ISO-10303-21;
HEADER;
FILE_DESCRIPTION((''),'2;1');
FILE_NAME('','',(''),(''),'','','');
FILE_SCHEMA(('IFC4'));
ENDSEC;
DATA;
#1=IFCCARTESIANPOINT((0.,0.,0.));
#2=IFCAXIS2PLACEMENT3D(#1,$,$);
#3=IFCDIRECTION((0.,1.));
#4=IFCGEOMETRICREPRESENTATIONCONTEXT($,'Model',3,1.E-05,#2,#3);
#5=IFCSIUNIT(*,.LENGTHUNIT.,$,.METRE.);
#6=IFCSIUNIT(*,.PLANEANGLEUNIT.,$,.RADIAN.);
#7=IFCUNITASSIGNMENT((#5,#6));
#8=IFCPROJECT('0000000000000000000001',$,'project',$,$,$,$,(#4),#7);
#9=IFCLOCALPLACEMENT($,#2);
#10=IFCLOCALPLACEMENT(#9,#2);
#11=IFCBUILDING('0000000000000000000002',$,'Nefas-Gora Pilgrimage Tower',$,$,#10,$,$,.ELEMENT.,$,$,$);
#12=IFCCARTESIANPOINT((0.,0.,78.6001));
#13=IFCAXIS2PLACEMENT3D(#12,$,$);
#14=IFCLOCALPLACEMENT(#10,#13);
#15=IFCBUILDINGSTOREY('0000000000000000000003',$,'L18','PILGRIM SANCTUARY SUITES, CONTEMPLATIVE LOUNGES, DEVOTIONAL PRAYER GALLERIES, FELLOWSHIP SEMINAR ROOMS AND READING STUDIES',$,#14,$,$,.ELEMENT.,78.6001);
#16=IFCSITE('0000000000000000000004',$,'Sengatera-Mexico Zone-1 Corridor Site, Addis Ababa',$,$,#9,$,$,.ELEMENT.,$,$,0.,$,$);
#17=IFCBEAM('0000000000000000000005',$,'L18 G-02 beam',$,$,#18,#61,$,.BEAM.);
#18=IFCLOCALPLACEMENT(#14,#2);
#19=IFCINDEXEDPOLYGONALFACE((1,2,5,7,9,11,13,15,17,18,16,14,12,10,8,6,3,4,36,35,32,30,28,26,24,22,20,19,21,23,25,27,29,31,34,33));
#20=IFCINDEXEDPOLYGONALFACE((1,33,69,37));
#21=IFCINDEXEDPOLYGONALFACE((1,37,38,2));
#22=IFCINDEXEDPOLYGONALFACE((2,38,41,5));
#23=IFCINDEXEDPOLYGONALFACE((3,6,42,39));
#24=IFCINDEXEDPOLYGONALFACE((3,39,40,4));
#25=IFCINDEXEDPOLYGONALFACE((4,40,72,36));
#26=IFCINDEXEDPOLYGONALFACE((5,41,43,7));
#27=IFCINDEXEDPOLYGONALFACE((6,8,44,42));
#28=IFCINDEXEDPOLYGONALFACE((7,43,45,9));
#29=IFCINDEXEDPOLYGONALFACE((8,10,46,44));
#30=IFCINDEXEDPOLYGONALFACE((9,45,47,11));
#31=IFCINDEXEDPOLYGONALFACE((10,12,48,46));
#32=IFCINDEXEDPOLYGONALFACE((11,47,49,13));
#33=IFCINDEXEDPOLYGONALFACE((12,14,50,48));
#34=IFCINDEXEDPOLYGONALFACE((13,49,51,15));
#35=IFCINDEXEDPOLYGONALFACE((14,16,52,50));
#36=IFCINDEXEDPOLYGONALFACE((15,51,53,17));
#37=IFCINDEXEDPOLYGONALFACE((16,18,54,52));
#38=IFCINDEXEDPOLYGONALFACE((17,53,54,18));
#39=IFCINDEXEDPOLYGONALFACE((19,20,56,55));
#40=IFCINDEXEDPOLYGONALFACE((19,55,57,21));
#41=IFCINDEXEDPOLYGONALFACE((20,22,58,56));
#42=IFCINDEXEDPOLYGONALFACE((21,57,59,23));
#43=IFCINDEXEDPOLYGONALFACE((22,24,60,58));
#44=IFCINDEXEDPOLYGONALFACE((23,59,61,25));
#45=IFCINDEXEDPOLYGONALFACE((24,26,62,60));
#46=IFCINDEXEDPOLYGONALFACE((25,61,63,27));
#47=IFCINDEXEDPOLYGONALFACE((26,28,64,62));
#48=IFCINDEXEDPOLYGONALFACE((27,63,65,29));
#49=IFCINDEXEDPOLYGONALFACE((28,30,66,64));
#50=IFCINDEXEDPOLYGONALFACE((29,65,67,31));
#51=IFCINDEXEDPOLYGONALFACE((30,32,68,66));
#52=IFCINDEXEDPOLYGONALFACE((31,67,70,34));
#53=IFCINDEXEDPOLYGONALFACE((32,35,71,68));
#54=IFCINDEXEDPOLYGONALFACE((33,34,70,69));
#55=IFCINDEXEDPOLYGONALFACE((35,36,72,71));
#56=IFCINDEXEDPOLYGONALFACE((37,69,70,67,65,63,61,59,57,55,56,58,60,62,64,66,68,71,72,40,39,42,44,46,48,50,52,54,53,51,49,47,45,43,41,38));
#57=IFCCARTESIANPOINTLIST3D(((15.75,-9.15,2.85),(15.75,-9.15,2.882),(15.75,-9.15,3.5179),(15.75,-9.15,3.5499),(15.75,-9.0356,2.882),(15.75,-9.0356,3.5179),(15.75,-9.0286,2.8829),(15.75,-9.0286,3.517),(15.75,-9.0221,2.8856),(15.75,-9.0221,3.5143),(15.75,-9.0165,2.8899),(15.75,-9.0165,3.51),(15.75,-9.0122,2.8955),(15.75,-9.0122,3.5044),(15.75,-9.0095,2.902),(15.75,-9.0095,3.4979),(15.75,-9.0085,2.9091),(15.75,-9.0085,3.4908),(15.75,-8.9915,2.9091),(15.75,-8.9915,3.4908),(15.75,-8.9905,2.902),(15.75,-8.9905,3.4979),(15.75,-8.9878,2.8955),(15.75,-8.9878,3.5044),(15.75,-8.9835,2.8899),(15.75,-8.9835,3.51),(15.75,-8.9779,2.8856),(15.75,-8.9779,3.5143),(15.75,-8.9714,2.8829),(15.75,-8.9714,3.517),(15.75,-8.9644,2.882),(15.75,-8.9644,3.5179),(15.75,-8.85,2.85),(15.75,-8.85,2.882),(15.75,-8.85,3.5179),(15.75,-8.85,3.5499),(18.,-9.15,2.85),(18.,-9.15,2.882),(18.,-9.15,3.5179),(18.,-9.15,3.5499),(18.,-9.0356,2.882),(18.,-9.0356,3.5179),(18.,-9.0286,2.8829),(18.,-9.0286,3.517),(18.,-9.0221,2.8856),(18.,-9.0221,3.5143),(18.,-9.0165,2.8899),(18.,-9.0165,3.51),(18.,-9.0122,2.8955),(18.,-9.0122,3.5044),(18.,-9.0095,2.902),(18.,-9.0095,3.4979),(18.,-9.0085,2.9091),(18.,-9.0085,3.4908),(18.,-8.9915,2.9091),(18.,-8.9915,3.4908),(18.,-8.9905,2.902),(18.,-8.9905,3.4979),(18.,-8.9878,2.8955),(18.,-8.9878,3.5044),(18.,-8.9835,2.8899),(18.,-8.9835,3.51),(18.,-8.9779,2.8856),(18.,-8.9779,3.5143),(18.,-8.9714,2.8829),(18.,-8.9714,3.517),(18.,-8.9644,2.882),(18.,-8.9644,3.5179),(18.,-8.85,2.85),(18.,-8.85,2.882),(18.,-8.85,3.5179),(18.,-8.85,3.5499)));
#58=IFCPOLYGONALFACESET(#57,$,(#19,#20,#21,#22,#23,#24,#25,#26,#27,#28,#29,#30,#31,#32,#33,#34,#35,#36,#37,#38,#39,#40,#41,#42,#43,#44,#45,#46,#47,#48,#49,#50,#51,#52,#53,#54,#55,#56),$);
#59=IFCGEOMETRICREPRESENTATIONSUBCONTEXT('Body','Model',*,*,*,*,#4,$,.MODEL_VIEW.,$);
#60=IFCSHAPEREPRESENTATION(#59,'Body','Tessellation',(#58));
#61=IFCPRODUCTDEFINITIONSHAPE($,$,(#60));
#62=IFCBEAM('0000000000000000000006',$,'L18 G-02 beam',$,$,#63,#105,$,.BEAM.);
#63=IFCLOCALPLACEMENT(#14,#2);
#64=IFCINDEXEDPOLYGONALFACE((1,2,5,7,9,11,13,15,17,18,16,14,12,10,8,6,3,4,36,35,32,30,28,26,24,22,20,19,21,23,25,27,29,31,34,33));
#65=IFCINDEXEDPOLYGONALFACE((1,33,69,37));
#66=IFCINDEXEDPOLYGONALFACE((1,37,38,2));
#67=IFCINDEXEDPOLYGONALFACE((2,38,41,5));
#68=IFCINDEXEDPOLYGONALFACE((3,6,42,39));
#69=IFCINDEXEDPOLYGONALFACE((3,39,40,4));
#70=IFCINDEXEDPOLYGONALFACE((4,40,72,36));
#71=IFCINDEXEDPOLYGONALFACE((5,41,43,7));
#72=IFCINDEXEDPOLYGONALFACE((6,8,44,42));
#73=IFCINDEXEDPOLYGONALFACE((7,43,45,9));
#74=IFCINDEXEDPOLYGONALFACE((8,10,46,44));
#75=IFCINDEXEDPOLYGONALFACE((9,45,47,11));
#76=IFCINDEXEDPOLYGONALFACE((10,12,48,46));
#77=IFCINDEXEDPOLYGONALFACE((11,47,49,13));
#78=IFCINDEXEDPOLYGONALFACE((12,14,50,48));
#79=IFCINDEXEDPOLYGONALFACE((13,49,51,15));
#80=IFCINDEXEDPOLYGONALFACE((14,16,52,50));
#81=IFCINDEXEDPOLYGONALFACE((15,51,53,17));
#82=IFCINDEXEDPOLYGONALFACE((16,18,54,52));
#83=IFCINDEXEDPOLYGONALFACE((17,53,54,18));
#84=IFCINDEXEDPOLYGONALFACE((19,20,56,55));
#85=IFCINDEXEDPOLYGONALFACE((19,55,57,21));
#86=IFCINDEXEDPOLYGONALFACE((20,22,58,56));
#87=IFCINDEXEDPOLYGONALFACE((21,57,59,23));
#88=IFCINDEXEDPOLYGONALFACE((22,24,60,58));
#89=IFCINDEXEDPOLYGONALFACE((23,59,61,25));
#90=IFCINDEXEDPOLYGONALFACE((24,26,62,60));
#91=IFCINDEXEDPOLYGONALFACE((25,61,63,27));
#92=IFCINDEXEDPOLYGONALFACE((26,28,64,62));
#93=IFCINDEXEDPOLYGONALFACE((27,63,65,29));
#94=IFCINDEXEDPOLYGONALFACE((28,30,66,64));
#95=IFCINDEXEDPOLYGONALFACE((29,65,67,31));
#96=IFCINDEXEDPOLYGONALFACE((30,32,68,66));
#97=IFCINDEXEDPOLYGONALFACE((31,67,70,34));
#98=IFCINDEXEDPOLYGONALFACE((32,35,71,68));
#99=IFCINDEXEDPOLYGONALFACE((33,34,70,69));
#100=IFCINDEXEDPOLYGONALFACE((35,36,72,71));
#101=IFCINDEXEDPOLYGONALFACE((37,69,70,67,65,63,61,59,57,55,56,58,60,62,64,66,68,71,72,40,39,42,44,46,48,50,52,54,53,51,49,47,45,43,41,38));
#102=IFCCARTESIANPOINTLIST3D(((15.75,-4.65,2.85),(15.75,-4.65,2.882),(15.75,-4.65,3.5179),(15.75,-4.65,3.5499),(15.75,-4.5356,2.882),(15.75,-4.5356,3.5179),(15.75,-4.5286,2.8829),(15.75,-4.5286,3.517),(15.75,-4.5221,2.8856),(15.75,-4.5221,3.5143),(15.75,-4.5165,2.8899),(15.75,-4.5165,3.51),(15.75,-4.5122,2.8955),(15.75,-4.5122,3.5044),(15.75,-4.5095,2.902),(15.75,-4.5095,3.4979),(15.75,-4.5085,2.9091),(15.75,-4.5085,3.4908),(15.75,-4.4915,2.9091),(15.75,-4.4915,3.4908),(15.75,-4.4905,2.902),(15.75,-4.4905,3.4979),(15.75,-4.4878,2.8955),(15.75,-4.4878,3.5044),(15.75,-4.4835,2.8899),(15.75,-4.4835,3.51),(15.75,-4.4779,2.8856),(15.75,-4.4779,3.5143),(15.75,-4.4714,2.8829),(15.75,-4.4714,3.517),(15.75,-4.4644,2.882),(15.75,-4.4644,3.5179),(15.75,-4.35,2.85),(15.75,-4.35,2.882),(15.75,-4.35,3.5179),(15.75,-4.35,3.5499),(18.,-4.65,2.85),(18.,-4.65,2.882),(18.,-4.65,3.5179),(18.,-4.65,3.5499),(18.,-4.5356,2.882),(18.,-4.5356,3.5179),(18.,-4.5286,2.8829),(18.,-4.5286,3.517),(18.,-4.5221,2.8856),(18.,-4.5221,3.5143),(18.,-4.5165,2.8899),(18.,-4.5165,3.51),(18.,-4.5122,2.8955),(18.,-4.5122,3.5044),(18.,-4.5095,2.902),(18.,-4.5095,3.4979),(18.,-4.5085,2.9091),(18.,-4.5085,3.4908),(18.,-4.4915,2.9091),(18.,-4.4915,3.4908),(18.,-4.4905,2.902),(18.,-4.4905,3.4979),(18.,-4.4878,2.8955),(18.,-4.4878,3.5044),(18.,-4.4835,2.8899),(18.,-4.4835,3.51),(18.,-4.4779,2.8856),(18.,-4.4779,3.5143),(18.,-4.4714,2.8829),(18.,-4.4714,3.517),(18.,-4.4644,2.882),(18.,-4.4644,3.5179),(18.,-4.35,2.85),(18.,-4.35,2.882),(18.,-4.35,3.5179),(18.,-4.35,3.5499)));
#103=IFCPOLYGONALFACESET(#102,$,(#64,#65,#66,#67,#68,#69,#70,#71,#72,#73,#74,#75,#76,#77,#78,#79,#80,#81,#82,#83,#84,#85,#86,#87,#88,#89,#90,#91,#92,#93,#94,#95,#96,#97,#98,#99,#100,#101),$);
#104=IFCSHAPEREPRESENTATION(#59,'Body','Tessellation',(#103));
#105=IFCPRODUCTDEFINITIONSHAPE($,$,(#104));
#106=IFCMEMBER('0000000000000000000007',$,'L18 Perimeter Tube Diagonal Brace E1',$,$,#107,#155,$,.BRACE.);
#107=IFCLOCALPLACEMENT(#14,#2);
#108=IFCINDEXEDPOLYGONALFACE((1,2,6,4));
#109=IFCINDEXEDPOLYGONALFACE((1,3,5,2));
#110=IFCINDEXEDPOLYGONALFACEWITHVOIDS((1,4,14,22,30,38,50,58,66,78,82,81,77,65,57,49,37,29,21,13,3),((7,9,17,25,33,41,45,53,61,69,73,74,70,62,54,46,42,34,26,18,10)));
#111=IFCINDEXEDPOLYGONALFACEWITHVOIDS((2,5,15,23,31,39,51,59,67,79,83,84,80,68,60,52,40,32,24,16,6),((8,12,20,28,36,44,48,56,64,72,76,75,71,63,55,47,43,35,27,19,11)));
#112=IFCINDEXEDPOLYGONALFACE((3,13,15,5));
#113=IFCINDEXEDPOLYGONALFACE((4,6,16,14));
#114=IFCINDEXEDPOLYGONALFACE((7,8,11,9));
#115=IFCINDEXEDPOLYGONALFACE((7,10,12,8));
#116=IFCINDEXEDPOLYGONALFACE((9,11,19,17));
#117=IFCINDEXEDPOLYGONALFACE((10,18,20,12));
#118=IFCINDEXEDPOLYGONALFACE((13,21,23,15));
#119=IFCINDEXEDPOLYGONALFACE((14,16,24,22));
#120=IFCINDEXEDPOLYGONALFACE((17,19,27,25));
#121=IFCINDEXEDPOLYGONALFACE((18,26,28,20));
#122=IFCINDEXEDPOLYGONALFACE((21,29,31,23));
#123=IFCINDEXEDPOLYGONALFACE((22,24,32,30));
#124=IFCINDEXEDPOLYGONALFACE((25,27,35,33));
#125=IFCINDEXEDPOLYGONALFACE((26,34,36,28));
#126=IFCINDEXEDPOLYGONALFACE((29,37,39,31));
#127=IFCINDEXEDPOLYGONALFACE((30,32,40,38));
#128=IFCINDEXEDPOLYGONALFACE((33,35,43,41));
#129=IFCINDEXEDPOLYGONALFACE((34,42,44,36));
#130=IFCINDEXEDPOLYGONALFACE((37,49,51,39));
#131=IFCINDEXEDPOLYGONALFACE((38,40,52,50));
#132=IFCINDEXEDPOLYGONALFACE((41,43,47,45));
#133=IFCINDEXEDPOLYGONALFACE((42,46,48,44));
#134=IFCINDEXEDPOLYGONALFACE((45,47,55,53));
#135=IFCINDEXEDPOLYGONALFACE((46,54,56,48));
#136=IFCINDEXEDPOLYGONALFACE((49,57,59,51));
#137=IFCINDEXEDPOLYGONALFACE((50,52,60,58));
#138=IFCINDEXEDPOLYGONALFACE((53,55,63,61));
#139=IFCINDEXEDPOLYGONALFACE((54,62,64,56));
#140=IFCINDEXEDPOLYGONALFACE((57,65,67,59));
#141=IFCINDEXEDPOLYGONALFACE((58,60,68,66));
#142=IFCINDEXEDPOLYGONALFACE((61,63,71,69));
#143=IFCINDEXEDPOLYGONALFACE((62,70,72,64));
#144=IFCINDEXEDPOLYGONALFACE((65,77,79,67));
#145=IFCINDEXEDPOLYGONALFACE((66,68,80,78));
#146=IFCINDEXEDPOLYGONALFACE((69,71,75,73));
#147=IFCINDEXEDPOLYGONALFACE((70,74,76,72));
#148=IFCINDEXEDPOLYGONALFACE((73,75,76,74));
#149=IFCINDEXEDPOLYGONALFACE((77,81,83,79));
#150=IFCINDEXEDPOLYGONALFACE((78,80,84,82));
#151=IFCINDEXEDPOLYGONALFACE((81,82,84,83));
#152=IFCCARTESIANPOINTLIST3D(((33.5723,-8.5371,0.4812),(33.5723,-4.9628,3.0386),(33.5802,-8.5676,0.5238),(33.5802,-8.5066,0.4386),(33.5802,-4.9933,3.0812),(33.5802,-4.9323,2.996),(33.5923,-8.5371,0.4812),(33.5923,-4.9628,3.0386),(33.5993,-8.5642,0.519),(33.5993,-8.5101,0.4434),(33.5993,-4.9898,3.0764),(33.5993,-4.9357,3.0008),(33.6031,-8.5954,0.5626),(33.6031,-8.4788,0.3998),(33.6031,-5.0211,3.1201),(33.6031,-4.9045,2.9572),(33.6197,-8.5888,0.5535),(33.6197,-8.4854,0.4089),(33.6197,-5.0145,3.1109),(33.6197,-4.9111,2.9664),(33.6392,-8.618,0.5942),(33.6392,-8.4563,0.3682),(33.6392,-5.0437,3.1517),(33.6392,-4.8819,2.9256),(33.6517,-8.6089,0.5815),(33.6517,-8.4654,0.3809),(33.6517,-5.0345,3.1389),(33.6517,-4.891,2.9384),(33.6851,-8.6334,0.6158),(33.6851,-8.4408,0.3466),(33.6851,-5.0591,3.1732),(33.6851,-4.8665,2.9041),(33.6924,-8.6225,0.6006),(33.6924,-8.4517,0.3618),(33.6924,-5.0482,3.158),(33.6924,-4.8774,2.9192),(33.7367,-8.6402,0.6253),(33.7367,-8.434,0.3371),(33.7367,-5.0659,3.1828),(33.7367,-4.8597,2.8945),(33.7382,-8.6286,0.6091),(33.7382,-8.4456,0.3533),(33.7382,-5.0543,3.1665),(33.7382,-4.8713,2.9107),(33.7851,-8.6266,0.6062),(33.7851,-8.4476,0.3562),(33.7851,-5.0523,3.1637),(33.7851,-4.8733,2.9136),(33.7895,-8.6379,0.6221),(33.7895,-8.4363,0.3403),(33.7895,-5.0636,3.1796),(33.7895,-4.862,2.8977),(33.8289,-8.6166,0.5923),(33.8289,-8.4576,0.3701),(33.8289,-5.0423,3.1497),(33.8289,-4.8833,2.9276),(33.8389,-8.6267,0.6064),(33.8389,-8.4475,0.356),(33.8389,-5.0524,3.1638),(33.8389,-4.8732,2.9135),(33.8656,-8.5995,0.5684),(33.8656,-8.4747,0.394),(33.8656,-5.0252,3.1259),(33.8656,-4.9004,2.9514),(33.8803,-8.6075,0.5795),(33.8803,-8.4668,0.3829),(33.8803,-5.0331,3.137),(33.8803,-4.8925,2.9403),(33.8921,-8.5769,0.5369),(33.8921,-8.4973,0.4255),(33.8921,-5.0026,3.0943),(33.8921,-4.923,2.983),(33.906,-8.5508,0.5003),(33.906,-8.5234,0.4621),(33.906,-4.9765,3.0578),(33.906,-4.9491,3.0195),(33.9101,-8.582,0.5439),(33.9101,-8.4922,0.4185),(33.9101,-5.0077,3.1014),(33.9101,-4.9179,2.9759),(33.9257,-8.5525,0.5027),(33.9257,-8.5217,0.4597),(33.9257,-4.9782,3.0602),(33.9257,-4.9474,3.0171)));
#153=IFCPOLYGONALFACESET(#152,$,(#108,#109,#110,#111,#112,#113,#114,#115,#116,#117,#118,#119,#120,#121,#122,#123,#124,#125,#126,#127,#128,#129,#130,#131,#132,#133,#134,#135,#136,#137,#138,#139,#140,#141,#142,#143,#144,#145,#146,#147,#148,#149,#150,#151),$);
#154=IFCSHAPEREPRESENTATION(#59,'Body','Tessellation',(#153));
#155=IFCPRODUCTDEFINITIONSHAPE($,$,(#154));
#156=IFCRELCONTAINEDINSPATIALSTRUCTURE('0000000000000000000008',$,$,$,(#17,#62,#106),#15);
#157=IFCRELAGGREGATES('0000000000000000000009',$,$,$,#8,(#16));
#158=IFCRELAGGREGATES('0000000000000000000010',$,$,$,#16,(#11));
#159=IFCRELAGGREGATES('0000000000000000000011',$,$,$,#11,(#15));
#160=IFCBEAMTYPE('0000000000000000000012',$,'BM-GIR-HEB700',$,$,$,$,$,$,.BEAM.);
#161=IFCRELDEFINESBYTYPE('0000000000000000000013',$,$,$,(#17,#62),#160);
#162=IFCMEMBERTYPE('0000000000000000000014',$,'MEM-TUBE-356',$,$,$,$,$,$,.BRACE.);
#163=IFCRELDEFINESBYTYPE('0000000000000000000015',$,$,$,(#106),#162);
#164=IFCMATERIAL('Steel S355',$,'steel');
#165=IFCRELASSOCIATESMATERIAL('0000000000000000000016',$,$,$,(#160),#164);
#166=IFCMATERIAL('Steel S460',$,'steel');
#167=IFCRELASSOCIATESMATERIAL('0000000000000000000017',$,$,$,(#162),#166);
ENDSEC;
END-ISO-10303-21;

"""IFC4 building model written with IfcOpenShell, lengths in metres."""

from ifc_helpers import new_model, si_unit, direction, frame, origin, origin_2d, place, context, subcontext, project, spatial, hollow_circle, i_section, extrude, source, transform, mapped, material, material_profile, profile_set, type_object, element, save


model = new_model("IFC4")

# Units and contexts
model_context = context("Model", 3, precision=1e-05, world=origin(), true_north=direction((0.0, 1.0)))
body_context = subcontext(model_context, "Body", "Model", "MODEL_VIEW")
ifc_project = project(units=[si_unit("LENGTHUNIT", "METRE"), si_unit("PLANEANGLEUNIT", "RADIAN")], contexts=[model_context])

# Site, building, storey
site_placement = place(None, origin())
site = spatial("IfcSite", under=ifc_project, at=site_placement, Name="Sengatera-Mexico Zone-1 Corridor Site, Addis Ababa", CompositionType="ELEMENT", RefElevation=0.0)
building_placement = place(site_placement, origin())
building = spatial("IfcBuilding", under=site, at=building_placement, Name="Nefas-Gora Pilgrimage Tower", CompositionType="ELEMENT")
storey_placement = place(building_placement, frame((0.0, 0.0, 78.6001)))
storey = spatial("IfcBuildingStorey", under=building, at=storey_placement, Name="L18", Description="PILGRIM SANCTUARY SUITES, CONTEMPLATIVE LOUNGES, DEVOTIONAL PRAYER GALLERIES, FELLOWSHIP SEMINAR ROOMS AND READING STUDIES", CompositionType="ELEMENT", Elevation=78.6001)

# Shared definitions
ifc_material_1 = material(Name="Steel S460", Category="steel")

# Beams
ifc_material_2 = material(Name="Steel S355", Category="steel")
ifc_material_profile_1 = material_profile(ifc_material_2, i_section(OverallWidth=0.3, OverallDepth=0.7, WebThickness=0.0171, FlangeThickness=0.032, FilletRadius=0.0271, at=origin_2d()), Name="HEB 700")
ifc_profile_set_1 = profile_set([ifc_material_profile_1], Name="Steel S355")
beam_type_1 = type_object("IfcBeamType", Name="BM-GIR-HEB700", PredefinedType="BEAM", material=ifc_profile_set_1)
shared_shape_1 = source(origin(), body_context, "Body", "SweptSolid", [
    extrude(i_section(OverallWidth=0.3, OverallDepth=0.7, WebThickness=0.0171, FlangeThickness=0.032, FilletRadius=0.0271, at=origin_2d()), origin(), (0.0, 0.0, 1.0), 2.25),
])
for number, where, z_axis, x_axis, name in (
    (1, (15.75, -9.0, 3.2), (1.0, 0.0, 0.0), (0.0, 1.0, 0.0), "L18 G-02 beam"),
    (2, (15.75, -4.5, 3.2), (1.0, 0.0, 0.0), (0.0, 1.0, 0.0), "L18 G-02 beam"),
):
    element("IfcBeam", number, at=place(storey_placement, frame(where, z_axis=z_axis, x_axis=x_axis)), inside=storey, type_object=beam_type_1, Name=name, PredefinedType="BEAM", context=body_context, shape_type="MappedRepresentation", body=[
        mapped(shared_shape_1, transform((0.0, 0.0, 0.0), x_axis=(1.0, 0.0, 0.0), y_axis=(0.0, 1.0, 0.0), z_axis=(0.0, 0.0, 1.0), scale=1.0)),
    ])

# Member
ifc_material_profile_2 = material_profile(ifc_material_1, hollow_circle(Radius=0.1777, WallThickness=0.02, at=origin_2d()), Name="CHS 355.6x20")
ifc_profile_set_2 = profile_set([ifc_material_profile_2], Name="Steel S460")
member_type_1 = type_object("IfcMemberType", Name="MEM-TUBE-356", PredefinedType="BRACE", material=ifc_profile_set_2)
shared_shape_2 = source(origin(), body_context, "Body", "SweptSolid", [
    extrude(hollow_circle(Radius=0.1777, WallThickness=0.02, at=origin_2d()), origin(), (0.0, 0.0, 1.0), 4.395),
])
member_1_placement = place(storey_placement, frame((33.75, -8.5371, 0.4812), z_axis=(0.0, 0.813264, 0.581895), x_axis=(-1.0, 0.0, 0.0)))
element("IfcMember", 3, at=member_1_placement, inside=storey, type_object=member_type_1, Name="L18 Perimeter Tube Diagonal Brace E1", PredefinedType="BRACE", context=body_context, shape_type="MappedRepresentation", body=[
    mapped(shared_shape_2, transform((0.0, 0.0, 0.0), x_axis=(1.0, 0.0, 0.0), y_axis=(0.0, 1.0, 0.0), z_axis=(0.0, 0.0, 1.0), scale=1.0)),
])

save(model, "model.ifc")
